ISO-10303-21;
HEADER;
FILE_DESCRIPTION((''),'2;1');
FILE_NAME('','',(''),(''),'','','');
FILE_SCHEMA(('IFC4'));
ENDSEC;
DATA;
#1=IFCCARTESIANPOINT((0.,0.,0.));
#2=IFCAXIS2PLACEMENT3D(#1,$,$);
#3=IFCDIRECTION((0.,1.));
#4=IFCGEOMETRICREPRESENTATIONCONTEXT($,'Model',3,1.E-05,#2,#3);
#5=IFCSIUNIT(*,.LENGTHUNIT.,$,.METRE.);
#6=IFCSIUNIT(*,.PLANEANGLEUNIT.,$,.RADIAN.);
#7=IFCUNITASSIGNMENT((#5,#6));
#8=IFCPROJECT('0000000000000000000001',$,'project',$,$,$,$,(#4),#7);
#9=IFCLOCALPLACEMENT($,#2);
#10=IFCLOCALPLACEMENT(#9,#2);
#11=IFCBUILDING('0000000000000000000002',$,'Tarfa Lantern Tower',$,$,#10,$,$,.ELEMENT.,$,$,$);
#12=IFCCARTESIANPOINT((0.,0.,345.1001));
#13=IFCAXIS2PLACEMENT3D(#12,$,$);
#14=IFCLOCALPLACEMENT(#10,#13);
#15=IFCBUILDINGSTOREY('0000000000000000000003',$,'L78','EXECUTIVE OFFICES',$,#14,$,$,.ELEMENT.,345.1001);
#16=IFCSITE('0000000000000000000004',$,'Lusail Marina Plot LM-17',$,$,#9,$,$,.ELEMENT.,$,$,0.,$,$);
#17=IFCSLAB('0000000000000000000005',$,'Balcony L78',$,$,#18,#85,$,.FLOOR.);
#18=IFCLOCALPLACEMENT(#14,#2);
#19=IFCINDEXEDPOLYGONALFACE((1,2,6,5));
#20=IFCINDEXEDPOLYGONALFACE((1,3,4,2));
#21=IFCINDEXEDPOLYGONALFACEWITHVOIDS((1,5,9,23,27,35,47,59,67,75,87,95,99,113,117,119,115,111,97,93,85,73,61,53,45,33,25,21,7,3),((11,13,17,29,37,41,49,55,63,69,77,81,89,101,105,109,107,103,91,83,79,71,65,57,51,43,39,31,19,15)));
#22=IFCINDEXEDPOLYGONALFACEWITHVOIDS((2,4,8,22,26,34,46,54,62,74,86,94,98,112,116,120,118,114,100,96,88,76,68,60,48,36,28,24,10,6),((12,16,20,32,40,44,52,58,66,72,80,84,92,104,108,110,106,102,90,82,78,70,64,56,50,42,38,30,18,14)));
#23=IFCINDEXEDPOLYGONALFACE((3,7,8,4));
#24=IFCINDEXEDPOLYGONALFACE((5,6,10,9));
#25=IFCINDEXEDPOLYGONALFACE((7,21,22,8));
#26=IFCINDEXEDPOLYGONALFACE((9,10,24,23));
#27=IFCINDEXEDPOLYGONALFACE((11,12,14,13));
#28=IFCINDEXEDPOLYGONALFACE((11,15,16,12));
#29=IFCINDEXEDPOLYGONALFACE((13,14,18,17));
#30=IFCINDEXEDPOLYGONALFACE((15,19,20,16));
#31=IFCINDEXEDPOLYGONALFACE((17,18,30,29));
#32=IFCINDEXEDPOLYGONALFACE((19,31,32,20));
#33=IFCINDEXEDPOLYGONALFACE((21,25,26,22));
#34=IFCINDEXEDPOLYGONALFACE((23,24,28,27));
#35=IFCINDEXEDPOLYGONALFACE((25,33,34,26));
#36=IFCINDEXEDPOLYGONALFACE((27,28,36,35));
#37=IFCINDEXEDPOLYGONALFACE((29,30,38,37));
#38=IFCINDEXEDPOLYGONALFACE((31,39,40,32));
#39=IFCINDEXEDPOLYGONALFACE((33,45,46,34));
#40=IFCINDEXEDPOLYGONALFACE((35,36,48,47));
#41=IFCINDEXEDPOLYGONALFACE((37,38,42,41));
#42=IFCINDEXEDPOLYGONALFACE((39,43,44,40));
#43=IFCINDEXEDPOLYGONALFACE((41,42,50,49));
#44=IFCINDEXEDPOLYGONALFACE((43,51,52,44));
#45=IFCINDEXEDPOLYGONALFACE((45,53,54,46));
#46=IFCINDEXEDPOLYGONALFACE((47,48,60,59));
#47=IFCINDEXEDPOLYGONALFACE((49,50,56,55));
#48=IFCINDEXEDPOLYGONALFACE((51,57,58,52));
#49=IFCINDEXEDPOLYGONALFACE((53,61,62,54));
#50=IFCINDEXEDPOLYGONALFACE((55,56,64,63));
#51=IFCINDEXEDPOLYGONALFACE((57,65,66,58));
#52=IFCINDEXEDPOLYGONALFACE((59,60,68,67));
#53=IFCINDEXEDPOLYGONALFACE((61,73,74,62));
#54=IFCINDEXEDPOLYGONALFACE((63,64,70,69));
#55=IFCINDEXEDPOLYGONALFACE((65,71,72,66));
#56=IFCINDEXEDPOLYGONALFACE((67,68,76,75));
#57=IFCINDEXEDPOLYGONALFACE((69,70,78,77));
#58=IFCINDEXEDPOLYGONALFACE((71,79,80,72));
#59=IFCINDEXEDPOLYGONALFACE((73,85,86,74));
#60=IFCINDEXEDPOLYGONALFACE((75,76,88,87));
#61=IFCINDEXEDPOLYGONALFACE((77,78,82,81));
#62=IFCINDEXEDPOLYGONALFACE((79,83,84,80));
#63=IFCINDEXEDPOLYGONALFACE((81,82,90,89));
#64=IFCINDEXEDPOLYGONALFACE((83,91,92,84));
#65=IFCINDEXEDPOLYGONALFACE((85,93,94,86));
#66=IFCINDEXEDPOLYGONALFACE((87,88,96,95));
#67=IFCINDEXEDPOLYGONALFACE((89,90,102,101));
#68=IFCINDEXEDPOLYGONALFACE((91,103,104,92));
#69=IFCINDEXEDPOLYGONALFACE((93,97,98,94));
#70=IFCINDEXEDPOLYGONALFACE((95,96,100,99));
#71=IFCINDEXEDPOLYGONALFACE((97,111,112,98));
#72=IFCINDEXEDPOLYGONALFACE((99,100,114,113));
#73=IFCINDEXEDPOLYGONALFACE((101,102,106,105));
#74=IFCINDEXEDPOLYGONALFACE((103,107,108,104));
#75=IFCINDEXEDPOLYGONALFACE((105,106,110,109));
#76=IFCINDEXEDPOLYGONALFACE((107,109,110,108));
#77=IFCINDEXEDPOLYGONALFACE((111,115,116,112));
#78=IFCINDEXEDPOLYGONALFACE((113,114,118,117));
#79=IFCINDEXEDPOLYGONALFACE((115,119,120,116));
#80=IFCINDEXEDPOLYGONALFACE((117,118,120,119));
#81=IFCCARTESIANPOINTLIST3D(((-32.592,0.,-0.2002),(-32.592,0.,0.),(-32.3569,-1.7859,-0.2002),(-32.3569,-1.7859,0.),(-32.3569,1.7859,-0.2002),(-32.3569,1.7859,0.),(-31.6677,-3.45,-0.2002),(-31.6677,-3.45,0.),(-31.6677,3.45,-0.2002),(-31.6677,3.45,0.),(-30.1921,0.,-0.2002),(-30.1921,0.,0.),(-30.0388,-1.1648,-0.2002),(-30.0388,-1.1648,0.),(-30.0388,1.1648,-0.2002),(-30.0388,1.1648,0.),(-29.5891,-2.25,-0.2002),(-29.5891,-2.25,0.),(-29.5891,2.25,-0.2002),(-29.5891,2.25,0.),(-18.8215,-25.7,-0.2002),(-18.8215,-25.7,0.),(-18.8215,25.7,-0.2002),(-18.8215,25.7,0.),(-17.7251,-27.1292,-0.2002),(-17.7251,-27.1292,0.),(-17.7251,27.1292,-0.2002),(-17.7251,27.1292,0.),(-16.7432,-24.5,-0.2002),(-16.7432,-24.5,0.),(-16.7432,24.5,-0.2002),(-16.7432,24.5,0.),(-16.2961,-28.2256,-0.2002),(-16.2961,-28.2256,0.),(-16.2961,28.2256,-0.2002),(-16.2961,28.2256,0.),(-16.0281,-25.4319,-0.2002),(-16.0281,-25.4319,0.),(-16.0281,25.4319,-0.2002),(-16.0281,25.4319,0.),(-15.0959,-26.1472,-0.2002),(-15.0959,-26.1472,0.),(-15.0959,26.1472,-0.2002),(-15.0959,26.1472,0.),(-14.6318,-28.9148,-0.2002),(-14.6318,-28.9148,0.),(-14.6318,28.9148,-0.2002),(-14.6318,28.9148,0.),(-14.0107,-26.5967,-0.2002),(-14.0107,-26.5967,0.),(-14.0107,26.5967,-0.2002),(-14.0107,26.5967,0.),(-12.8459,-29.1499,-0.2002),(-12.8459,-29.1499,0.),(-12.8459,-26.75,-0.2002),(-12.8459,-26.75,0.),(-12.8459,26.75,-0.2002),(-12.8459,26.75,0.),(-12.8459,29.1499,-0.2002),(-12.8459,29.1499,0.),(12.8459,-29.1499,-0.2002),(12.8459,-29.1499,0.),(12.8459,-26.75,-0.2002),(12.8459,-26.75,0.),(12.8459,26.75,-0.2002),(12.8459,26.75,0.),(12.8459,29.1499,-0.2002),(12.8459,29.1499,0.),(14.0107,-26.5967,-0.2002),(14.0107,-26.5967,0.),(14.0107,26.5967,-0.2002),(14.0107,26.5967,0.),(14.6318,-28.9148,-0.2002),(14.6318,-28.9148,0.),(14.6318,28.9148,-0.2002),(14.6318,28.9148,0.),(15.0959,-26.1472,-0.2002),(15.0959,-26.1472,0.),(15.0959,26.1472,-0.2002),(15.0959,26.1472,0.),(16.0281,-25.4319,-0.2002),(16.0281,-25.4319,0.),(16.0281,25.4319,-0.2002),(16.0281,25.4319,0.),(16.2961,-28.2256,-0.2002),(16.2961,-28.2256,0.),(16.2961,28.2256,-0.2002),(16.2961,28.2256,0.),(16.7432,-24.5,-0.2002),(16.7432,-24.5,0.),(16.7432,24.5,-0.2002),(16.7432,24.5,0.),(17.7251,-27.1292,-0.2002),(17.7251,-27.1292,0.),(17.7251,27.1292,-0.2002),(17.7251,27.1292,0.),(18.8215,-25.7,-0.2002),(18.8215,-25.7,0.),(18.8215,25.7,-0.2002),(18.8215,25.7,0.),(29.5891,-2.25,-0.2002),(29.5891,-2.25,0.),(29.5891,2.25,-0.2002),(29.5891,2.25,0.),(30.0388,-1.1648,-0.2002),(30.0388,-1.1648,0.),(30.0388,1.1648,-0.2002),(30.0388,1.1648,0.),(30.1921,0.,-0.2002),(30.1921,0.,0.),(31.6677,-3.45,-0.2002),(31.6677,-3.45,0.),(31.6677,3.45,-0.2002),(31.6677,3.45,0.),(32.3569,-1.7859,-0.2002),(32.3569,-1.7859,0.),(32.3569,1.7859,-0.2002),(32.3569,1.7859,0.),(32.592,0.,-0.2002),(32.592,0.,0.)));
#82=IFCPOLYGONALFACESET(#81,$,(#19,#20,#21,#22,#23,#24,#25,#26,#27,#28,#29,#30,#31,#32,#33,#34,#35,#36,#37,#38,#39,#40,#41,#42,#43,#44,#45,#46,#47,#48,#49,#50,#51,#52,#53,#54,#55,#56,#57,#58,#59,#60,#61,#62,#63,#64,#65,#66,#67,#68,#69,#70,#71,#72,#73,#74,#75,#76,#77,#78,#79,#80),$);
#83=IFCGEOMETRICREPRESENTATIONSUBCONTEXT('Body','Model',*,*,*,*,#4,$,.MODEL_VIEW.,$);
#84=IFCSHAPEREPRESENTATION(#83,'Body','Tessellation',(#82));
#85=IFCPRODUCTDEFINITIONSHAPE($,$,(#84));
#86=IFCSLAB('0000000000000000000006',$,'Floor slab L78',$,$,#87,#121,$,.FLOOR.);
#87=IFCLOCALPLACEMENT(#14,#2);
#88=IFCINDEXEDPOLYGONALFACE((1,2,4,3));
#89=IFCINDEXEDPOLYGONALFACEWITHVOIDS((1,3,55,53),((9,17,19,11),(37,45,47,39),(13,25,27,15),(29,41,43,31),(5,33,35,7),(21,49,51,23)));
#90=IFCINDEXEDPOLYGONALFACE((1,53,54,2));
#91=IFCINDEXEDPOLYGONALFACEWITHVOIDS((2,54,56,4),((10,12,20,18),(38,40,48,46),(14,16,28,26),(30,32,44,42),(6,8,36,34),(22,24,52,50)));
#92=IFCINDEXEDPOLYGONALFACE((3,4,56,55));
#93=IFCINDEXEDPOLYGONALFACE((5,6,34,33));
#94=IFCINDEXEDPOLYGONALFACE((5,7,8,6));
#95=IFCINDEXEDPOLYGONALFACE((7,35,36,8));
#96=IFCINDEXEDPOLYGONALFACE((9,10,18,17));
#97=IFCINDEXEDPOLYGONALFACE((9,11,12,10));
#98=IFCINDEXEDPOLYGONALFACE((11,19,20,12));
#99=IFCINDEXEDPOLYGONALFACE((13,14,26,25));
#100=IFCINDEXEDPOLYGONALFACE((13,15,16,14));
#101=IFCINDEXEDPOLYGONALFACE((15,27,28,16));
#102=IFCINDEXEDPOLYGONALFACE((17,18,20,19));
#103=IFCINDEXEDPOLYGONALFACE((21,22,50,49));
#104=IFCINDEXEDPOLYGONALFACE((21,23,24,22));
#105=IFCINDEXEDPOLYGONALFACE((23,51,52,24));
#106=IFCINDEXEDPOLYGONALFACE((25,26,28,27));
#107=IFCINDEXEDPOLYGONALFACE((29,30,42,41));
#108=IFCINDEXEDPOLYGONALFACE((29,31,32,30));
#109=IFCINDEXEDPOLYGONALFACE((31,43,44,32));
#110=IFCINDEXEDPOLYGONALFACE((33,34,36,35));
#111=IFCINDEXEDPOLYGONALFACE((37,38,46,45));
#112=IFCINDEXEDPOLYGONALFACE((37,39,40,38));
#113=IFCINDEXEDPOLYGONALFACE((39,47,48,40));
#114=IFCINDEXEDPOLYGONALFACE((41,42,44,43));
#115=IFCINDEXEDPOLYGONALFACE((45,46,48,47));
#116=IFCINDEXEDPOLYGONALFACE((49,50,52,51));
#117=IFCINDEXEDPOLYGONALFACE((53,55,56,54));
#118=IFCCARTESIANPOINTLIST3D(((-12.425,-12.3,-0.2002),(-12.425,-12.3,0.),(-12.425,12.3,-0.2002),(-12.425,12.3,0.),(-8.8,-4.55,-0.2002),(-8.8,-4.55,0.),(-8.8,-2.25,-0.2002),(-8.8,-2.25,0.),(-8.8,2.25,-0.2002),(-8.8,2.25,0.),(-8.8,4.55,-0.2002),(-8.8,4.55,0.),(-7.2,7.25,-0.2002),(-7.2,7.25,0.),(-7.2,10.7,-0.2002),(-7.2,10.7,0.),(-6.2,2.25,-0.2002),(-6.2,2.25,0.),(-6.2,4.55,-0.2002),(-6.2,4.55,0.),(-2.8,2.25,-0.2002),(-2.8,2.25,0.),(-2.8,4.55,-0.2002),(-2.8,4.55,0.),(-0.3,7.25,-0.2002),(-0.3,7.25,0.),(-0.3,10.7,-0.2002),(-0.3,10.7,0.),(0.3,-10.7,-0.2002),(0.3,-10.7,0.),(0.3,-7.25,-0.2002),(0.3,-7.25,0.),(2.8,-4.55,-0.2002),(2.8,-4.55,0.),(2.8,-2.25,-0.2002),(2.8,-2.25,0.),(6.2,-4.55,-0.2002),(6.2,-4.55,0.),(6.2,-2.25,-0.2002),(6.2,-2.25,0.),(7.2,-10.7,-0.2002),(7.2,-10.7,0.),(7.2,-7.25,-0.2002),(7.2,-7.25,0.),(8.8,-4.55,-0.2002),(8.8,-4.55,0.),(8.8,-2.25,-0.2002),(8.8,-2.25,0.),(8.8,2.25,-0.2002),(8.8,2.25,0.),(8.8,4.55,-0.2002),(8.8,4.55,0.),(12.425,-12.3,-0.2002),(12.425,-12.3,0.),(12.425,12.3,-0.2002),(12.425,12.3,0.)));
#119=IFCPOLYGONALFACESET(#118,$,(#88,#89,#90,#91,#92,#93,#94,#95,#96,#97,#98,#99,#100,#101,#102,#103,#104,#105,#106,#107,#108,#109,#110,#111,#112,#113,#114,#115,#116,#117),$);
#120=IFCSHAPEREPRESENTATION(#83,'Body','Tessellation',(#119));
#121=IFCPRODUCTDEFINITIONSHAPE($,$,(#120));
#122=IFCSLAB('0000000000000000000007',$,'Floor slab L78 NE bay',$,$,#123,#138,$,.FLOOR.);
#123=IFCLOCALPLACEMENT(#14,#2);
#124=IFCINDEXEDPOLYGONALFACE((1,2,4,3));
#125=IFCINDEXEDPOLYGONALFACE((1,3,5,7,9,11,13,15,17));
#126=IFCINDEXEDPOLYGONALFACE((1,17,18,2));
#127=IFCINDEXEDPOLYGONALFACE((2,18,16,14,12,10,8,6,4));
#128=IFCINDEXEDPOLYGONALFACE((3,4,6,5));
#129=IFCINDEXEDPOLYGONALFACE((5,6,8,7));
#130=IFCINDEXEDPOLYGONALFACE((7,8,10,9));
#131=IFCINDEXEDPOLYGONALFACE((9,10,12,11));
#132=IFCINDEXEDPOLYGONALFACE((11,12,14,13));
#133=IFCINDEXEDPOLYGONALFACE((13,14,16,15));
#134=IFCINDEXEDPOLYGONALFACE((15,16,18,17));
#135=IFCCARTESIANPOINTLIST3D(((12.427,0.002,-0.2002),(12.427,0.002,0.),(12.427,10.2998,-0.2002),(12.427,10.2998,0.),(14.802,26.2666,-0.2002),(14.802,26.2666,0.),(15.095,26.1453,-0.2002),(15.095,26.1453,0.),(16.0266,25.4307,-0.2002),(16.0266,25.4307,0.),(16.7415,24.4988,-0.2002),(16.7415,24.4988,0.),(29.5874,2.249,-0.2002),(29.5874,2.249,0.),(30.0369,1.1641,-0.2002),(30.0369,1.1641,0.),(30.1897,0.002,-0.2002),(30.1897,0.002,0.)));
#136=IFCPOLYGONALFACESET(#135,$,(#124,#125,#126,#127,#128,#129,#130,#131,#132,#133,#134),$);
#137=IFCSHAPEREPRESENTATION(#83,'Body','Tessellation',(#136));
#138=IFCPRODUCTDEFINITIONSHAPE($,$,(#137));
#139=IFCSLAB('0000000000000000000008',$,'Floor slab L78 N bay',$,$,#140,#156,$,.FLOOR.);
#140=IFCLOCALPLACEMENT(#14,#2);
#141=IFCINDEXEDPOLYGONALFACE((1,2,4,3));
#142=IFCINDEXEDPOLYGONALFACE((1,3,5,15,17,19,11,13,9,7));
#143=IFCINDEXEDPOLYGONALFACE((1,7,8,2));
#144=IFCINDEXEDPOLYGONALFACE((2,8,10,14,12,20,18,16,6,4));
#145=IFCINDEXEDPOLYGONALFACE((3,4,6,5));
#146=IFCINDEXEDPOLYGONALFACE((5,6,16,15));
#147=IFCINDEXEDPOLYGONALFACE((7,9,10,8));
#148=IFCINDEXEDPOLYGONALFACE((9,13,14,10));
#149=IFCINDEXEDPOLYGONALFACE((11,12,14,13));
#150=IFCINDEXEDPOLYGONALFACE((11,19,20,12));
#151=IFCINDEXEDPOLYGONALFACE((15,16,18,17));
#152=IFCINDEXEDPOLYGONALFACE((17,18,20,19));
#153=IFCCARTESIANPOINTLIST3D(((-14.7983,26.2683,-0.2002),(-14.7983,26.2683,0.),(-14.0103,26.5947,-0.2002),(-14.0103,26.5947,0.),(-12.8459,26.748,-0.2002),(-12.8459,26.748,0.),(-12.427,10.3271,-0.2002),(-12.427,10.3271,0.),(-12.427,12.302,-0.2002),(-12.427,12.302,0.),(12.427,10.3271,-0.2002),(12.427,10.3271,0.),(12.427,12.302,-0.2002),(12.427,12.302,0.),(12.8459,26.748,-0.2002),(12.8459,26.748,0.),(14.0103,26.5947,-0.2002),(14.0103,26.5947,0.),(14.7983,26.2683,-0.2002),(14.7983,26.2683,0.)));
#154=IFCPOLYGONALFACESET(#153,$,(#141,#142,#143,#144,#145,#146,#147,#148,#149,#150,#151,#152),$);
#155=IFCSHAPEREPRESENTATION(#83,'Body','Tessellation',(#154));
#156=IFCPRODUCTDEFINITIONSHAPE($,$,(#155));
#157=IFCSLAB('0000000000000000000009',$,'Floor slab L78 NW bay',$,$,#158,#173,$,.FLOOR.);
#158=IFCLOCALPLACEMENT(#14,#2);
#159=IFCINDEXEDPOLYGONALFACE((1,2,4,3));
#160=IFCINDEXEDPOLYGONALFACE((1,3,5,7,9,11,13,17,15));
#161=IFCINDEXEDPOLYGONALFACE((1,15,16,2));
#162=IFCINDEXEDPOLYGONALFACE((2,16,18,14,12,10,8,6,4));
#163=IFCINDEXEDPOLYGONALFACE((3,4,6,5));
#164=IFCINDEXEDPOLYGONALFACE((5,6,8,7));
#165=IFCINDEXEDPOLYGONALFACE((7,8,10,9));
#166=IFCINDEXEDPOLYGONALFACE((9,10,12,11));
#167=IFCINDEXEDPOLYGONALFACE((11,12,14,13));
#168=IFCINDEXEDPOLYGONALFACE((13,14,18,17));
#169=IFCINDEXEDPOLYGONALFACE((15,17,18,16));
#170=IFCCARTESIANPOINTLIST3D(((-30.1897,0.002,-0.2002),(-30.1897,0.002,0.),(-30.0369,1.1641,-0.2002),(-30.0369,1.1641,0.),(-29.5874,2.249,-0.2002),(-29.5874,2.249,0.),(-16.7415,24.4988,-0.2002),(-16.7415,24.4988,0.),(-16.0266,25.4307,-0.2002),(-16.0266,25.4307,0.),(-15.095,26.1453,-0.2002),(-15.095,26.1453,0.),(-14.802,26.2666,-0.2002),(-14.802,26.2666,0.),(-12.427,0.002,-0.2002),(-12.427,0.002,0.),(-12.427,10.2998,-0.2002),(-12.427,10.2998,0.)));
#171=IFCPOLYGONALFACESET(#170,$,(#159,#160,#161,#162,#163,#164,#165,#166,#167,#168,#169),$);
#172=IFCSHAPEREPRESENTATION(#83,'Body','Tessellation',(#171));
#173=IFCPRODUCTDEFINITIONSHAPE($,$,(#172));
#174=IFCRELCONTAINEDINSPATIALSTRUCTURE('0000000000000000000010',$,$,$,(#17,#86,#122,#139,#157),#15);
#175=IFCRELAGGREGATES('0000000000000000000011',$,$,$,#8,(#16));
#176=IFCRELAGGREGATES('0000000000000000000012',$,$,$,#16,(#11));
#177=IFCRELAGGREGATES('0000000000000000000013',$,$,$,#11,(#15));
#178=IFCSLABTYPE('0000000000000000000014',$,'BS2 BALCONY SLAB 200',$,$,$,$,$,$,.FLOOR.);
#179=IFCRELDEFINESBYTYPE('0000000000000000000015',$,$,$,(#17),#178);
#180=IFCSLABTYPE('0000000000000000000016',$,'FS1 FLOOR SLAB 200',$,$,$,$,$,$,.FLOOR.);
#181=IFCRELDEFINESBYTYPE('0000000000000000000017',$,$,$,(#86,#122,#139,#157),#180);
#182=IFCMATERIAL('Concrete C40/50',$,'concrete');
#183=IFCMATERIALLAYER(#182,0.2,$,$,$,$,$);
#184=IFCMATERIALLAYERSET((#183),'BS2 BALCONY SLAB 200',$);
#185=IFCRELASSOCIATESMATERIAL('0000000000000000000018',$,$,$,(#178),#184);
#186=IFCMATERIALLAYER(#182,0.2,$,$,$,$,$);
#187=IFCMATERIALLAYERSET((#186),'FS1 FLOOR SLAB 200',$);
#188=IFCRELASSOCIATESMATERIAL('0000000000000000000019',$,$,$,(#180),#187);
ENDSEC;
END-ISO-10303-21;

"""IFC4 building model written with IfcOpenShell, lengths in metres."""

from ifc_helpers import new_model, si_unit, direction, frame, origin, place, context, subcontext, project, spatial, polyline, outline, extrude, material, layer, layer_set, type_object, element, save


model = new_model("IFC4")

# Units and contexts
model_context = context("Model", 3, precision=1e-05, world=origin(), true_north=direction((0.0, 1.0)))
body_context = subcontext(model_context, "Body", "Model", "MODEL_VIEW")
ifc_project = project(units=[si_unit("LENGTHUNIT", "METRE"), si_unit("PLANEANGLEUNIT", "RADIAN")], contexts=[model_context])

# Site, building, storey
site_placement = place(None, origin())
site = spatial("IfcSite", under=ifc_project, at=site_placement, Name="Lusail Marina Plot LM-17", CompositionType="ELEMENT", RefElevation=0.0)
building_placement = place(site_placement, origin())
building = spatial("IfcBuilding", under=site, at=building_placement, Name="Tarfa Lantern Tower", CompositionType="ELEMENT")
storey_placement = place(building_placement, frame((0.0, 0.0, 345.1001)))
storey = spatial("IfcBuildingStorey", under=building, at=storey_placement, Name="L78", Description="EXECUTIVE OFFICES", CompositionType="ELEMENT", Elevation=345.1001)

# Slabs
ifc_material_1 = material(Name="Concrete C40/50", Category="concrete")
ifc_layer_1 = layer(ifc_material_1, 0.2)
ifc_layer_set_1 = layer_set([ifc_layer_1], Name="BS2 BALCONY SLAB 200")
slab_type_1 = type_object("IfcSlabType", Name="BS2 BALCONY SLAB 200", PredefinedType="FLOOR", material=ifc_layer_set_1)
slab_1_placement = place(storey_placement, frame((0.0, 0.0, -0.2002)))
element("IfcSlab", 1, at=slab_1_placement, inside=storey, type_object=slab_type_1, Name="Balcony L78", PredefinedType="FLOOR", context=body_context, shape_type="SweptSolid", body=[
    extrude(outline(polyline([(31.6677, 3.45), (18.8215, 25.7), (17.7251, 27.1292), (16.2961, 28.2256), (14.6318, 28.9148), (12.8459, 29.1499), (-12.8459, 29.1499), (-14.6318, 28.9148), (-16.2961, 28.2256), (-17.7251, 27.1292), (-18.8215, 25.7), (-31.6677, 3.45), (-32.3569, 1.7859), (-32.592, 0.0), (-32.3569, -1.7859), (-31.6677, -3.45), (-18.8215, -25.7), (-17.7251, -27.1292), (-16.2961, -28.2256), (-14.6318, -28.9148), (-12.8459, -29.1499), (12.8459, -29.1499), (14.6318, -28.9148), (16.2961, -28.2256), (17.7251, -27.1292), (18.8215, -25.7), (31.6677, -3.45), (32.3569, -1.7859), (32.592, 0.0), (32.3569, 1.7859), (31.6677, 3.45)]), holes=[polyline([(29.5891, 2.25), (16.7432, 24.5), (16.0281, 25.4319), (15.0959, 26.1472), (14.0107, 26.5967), (12.8459, 26.75), (-12.8459, 26.75), (-14.0107, 26.5967), (-15.0959, 26.1472), (-16.0281, 25.4319), (-16.7432, 24.5), (-29.5891, 2.25), (-30.0388, 1.1648), (-30.1921, 0.0), (-30.0388, -1.1648), (-29.5891, -2.25), (-16.7432, -24.5), (-16.0281, -25.4319), (-15.0959, -26.1472), (-14.0107, -26.5967), (-12.8459, -26.75), (12.8459, -26.75), (14.0107, -26.5967), (15.0959, -26.1472), (16.0281, -25.4319), (16.7432, -24.5), (29.5891, -2.25), (30.0388, -1.1648), (30.1921, 0.0), (30.0388, 1.1648), (29.5891, 2.25)])]), origin(), (0.0, 0.0, 1.0), 0.2002),
])
ifc_layer_2 = layer(ifc_material_1, 0.2)
ifc_layer_set_2 = layer_set([ifc_layer_2], Name="FS1 FLOOR SLAB 200")
slab_type_2 = type_object("IfcSlabType", Name="FS1 FLOOR SLAB 200", PredefinedType="FLOOR", material=ifc_layer_set_2)
slab_2_placement = place(storey_placement, frame((0.0, 0.0, -0.2002)))
element("IfcSlab", 2, at=slab_2_placement, inside=storey, type_object=slab_type_2, Name="Floor slab L78", PredefinedType="FLOOR", context=body_context, shape_type="SweptSolid", body=[
    extrude(outline(polyline([(-12.425, -12.3), (12.425, -12.3), (12.425, 12.3), (-12.425, 12.3), (-12.425, -12.3)]), holes=[polyline([(-8.8, 2.25), (-6.2, 2.25), (-6.2, 4.55), (-8.8, 4.55), (-8.8, 2.25)]), polyline([(-2.8, 2.25), (8.8, 2.25), (8.8, 4.55), (-2.8, 4.55), (-2.8, 2.25)]), polyline([(8.8, -2.25), (6.2, -2.25), (6.2, -4.55), (8.8, -4.55), (8.8, -2.25)]), polyline([(2.8, -2.25), (-8.8, -2.25), (-8.8, -4.55), (2.8, -4.55), (2.8, -2.25)]), polyline([(-7.2, 7.25), (-0.3, 7.25), (-0.3, 10.7), (-7.2, 10.7), (-7.2, 7.25)]), polyline([(7.2, -7.25), (0.3, -7.25), (0.3, -10.7), (7.2, -10.7), (7.2, -7.25)])]), origin(), (0.0, 0.0, 1.0), 0.2002),
])
slab_3_placement = place(storey_placement, frame((0.0, 0.0, -0.2002)))
element("IfcSlab", 3, at=slab_3_placement, inside=storey, type_object=slab_type_2, Name="Floor slab L78 NE bay", PredefinedType="FLOOR", context=body_context, shape_type="SweptSolid", body=[
    extrude(outline(polyline([(29.5874, 2.249), (16.7415, 24.4988), (16.0266, 25.4307), (15.095, 26.1453), (14.802, 26.2666), (12.427, 10.2998), (12.427, 0.002), (30.1897, 0.002), (30.0369, 1.1641), (29.5874, 2.249)])), origin(), (0.0, 0.0, 1.0), 0.2002),
])
slab_4_placement = place(storey_placement, frame((0.0, 0.0, -0.2002)))
element("IfcSlab", 4, at=slab_4_placement, inside=storey, type_object=slab_type_2, Name="Floor slab L78 N bay", PredefinedType="FLOOR", context=body_context, shape_type="SweptSolid", body=[
    extrude(outline(polyline([(-12.427, 10.3271), (-12.427, 12.302), (12.427, 12.302), (12.427, 10.3271), (14.7983, 26.2683), (14.0103, 26.5947), (12.8459, 26.748), (-12.8459, 26.748), (-14.0103, 26.5947), (-14.7983, 26.2683), (-12.427, 10.3271)])), origin(), (0.0, 0.0, 1.0), 0.2002),
])
slab_5_placement = place(storey_placement, frame((0.0, 0.0, -0.2002)))
element("IfcSlab", 5, at=slab_5_placement, inside=storey, type_object=slab_type_2, Name="Floor slab L78 NW bay", PredefinedType="FLOOR", context=body_context, shape_type="SweptSolid", body=[
    extrude(outline(polyline([(-12.427, 0.002), (-12.427, 10.2998), (-14.802, 26.2666), (-15.095, 26.1453), (-16.0266, 25.4307), (-16.7415, 24.4988), (-29.5874, 2.249), (-30.0369, 1.1641), (-30.1897, 0.002), (-12.427, 0.002)])), origin(), (0.0, 0.0, 1.0), 0.2002),
])

save(model, "model.ifc")
